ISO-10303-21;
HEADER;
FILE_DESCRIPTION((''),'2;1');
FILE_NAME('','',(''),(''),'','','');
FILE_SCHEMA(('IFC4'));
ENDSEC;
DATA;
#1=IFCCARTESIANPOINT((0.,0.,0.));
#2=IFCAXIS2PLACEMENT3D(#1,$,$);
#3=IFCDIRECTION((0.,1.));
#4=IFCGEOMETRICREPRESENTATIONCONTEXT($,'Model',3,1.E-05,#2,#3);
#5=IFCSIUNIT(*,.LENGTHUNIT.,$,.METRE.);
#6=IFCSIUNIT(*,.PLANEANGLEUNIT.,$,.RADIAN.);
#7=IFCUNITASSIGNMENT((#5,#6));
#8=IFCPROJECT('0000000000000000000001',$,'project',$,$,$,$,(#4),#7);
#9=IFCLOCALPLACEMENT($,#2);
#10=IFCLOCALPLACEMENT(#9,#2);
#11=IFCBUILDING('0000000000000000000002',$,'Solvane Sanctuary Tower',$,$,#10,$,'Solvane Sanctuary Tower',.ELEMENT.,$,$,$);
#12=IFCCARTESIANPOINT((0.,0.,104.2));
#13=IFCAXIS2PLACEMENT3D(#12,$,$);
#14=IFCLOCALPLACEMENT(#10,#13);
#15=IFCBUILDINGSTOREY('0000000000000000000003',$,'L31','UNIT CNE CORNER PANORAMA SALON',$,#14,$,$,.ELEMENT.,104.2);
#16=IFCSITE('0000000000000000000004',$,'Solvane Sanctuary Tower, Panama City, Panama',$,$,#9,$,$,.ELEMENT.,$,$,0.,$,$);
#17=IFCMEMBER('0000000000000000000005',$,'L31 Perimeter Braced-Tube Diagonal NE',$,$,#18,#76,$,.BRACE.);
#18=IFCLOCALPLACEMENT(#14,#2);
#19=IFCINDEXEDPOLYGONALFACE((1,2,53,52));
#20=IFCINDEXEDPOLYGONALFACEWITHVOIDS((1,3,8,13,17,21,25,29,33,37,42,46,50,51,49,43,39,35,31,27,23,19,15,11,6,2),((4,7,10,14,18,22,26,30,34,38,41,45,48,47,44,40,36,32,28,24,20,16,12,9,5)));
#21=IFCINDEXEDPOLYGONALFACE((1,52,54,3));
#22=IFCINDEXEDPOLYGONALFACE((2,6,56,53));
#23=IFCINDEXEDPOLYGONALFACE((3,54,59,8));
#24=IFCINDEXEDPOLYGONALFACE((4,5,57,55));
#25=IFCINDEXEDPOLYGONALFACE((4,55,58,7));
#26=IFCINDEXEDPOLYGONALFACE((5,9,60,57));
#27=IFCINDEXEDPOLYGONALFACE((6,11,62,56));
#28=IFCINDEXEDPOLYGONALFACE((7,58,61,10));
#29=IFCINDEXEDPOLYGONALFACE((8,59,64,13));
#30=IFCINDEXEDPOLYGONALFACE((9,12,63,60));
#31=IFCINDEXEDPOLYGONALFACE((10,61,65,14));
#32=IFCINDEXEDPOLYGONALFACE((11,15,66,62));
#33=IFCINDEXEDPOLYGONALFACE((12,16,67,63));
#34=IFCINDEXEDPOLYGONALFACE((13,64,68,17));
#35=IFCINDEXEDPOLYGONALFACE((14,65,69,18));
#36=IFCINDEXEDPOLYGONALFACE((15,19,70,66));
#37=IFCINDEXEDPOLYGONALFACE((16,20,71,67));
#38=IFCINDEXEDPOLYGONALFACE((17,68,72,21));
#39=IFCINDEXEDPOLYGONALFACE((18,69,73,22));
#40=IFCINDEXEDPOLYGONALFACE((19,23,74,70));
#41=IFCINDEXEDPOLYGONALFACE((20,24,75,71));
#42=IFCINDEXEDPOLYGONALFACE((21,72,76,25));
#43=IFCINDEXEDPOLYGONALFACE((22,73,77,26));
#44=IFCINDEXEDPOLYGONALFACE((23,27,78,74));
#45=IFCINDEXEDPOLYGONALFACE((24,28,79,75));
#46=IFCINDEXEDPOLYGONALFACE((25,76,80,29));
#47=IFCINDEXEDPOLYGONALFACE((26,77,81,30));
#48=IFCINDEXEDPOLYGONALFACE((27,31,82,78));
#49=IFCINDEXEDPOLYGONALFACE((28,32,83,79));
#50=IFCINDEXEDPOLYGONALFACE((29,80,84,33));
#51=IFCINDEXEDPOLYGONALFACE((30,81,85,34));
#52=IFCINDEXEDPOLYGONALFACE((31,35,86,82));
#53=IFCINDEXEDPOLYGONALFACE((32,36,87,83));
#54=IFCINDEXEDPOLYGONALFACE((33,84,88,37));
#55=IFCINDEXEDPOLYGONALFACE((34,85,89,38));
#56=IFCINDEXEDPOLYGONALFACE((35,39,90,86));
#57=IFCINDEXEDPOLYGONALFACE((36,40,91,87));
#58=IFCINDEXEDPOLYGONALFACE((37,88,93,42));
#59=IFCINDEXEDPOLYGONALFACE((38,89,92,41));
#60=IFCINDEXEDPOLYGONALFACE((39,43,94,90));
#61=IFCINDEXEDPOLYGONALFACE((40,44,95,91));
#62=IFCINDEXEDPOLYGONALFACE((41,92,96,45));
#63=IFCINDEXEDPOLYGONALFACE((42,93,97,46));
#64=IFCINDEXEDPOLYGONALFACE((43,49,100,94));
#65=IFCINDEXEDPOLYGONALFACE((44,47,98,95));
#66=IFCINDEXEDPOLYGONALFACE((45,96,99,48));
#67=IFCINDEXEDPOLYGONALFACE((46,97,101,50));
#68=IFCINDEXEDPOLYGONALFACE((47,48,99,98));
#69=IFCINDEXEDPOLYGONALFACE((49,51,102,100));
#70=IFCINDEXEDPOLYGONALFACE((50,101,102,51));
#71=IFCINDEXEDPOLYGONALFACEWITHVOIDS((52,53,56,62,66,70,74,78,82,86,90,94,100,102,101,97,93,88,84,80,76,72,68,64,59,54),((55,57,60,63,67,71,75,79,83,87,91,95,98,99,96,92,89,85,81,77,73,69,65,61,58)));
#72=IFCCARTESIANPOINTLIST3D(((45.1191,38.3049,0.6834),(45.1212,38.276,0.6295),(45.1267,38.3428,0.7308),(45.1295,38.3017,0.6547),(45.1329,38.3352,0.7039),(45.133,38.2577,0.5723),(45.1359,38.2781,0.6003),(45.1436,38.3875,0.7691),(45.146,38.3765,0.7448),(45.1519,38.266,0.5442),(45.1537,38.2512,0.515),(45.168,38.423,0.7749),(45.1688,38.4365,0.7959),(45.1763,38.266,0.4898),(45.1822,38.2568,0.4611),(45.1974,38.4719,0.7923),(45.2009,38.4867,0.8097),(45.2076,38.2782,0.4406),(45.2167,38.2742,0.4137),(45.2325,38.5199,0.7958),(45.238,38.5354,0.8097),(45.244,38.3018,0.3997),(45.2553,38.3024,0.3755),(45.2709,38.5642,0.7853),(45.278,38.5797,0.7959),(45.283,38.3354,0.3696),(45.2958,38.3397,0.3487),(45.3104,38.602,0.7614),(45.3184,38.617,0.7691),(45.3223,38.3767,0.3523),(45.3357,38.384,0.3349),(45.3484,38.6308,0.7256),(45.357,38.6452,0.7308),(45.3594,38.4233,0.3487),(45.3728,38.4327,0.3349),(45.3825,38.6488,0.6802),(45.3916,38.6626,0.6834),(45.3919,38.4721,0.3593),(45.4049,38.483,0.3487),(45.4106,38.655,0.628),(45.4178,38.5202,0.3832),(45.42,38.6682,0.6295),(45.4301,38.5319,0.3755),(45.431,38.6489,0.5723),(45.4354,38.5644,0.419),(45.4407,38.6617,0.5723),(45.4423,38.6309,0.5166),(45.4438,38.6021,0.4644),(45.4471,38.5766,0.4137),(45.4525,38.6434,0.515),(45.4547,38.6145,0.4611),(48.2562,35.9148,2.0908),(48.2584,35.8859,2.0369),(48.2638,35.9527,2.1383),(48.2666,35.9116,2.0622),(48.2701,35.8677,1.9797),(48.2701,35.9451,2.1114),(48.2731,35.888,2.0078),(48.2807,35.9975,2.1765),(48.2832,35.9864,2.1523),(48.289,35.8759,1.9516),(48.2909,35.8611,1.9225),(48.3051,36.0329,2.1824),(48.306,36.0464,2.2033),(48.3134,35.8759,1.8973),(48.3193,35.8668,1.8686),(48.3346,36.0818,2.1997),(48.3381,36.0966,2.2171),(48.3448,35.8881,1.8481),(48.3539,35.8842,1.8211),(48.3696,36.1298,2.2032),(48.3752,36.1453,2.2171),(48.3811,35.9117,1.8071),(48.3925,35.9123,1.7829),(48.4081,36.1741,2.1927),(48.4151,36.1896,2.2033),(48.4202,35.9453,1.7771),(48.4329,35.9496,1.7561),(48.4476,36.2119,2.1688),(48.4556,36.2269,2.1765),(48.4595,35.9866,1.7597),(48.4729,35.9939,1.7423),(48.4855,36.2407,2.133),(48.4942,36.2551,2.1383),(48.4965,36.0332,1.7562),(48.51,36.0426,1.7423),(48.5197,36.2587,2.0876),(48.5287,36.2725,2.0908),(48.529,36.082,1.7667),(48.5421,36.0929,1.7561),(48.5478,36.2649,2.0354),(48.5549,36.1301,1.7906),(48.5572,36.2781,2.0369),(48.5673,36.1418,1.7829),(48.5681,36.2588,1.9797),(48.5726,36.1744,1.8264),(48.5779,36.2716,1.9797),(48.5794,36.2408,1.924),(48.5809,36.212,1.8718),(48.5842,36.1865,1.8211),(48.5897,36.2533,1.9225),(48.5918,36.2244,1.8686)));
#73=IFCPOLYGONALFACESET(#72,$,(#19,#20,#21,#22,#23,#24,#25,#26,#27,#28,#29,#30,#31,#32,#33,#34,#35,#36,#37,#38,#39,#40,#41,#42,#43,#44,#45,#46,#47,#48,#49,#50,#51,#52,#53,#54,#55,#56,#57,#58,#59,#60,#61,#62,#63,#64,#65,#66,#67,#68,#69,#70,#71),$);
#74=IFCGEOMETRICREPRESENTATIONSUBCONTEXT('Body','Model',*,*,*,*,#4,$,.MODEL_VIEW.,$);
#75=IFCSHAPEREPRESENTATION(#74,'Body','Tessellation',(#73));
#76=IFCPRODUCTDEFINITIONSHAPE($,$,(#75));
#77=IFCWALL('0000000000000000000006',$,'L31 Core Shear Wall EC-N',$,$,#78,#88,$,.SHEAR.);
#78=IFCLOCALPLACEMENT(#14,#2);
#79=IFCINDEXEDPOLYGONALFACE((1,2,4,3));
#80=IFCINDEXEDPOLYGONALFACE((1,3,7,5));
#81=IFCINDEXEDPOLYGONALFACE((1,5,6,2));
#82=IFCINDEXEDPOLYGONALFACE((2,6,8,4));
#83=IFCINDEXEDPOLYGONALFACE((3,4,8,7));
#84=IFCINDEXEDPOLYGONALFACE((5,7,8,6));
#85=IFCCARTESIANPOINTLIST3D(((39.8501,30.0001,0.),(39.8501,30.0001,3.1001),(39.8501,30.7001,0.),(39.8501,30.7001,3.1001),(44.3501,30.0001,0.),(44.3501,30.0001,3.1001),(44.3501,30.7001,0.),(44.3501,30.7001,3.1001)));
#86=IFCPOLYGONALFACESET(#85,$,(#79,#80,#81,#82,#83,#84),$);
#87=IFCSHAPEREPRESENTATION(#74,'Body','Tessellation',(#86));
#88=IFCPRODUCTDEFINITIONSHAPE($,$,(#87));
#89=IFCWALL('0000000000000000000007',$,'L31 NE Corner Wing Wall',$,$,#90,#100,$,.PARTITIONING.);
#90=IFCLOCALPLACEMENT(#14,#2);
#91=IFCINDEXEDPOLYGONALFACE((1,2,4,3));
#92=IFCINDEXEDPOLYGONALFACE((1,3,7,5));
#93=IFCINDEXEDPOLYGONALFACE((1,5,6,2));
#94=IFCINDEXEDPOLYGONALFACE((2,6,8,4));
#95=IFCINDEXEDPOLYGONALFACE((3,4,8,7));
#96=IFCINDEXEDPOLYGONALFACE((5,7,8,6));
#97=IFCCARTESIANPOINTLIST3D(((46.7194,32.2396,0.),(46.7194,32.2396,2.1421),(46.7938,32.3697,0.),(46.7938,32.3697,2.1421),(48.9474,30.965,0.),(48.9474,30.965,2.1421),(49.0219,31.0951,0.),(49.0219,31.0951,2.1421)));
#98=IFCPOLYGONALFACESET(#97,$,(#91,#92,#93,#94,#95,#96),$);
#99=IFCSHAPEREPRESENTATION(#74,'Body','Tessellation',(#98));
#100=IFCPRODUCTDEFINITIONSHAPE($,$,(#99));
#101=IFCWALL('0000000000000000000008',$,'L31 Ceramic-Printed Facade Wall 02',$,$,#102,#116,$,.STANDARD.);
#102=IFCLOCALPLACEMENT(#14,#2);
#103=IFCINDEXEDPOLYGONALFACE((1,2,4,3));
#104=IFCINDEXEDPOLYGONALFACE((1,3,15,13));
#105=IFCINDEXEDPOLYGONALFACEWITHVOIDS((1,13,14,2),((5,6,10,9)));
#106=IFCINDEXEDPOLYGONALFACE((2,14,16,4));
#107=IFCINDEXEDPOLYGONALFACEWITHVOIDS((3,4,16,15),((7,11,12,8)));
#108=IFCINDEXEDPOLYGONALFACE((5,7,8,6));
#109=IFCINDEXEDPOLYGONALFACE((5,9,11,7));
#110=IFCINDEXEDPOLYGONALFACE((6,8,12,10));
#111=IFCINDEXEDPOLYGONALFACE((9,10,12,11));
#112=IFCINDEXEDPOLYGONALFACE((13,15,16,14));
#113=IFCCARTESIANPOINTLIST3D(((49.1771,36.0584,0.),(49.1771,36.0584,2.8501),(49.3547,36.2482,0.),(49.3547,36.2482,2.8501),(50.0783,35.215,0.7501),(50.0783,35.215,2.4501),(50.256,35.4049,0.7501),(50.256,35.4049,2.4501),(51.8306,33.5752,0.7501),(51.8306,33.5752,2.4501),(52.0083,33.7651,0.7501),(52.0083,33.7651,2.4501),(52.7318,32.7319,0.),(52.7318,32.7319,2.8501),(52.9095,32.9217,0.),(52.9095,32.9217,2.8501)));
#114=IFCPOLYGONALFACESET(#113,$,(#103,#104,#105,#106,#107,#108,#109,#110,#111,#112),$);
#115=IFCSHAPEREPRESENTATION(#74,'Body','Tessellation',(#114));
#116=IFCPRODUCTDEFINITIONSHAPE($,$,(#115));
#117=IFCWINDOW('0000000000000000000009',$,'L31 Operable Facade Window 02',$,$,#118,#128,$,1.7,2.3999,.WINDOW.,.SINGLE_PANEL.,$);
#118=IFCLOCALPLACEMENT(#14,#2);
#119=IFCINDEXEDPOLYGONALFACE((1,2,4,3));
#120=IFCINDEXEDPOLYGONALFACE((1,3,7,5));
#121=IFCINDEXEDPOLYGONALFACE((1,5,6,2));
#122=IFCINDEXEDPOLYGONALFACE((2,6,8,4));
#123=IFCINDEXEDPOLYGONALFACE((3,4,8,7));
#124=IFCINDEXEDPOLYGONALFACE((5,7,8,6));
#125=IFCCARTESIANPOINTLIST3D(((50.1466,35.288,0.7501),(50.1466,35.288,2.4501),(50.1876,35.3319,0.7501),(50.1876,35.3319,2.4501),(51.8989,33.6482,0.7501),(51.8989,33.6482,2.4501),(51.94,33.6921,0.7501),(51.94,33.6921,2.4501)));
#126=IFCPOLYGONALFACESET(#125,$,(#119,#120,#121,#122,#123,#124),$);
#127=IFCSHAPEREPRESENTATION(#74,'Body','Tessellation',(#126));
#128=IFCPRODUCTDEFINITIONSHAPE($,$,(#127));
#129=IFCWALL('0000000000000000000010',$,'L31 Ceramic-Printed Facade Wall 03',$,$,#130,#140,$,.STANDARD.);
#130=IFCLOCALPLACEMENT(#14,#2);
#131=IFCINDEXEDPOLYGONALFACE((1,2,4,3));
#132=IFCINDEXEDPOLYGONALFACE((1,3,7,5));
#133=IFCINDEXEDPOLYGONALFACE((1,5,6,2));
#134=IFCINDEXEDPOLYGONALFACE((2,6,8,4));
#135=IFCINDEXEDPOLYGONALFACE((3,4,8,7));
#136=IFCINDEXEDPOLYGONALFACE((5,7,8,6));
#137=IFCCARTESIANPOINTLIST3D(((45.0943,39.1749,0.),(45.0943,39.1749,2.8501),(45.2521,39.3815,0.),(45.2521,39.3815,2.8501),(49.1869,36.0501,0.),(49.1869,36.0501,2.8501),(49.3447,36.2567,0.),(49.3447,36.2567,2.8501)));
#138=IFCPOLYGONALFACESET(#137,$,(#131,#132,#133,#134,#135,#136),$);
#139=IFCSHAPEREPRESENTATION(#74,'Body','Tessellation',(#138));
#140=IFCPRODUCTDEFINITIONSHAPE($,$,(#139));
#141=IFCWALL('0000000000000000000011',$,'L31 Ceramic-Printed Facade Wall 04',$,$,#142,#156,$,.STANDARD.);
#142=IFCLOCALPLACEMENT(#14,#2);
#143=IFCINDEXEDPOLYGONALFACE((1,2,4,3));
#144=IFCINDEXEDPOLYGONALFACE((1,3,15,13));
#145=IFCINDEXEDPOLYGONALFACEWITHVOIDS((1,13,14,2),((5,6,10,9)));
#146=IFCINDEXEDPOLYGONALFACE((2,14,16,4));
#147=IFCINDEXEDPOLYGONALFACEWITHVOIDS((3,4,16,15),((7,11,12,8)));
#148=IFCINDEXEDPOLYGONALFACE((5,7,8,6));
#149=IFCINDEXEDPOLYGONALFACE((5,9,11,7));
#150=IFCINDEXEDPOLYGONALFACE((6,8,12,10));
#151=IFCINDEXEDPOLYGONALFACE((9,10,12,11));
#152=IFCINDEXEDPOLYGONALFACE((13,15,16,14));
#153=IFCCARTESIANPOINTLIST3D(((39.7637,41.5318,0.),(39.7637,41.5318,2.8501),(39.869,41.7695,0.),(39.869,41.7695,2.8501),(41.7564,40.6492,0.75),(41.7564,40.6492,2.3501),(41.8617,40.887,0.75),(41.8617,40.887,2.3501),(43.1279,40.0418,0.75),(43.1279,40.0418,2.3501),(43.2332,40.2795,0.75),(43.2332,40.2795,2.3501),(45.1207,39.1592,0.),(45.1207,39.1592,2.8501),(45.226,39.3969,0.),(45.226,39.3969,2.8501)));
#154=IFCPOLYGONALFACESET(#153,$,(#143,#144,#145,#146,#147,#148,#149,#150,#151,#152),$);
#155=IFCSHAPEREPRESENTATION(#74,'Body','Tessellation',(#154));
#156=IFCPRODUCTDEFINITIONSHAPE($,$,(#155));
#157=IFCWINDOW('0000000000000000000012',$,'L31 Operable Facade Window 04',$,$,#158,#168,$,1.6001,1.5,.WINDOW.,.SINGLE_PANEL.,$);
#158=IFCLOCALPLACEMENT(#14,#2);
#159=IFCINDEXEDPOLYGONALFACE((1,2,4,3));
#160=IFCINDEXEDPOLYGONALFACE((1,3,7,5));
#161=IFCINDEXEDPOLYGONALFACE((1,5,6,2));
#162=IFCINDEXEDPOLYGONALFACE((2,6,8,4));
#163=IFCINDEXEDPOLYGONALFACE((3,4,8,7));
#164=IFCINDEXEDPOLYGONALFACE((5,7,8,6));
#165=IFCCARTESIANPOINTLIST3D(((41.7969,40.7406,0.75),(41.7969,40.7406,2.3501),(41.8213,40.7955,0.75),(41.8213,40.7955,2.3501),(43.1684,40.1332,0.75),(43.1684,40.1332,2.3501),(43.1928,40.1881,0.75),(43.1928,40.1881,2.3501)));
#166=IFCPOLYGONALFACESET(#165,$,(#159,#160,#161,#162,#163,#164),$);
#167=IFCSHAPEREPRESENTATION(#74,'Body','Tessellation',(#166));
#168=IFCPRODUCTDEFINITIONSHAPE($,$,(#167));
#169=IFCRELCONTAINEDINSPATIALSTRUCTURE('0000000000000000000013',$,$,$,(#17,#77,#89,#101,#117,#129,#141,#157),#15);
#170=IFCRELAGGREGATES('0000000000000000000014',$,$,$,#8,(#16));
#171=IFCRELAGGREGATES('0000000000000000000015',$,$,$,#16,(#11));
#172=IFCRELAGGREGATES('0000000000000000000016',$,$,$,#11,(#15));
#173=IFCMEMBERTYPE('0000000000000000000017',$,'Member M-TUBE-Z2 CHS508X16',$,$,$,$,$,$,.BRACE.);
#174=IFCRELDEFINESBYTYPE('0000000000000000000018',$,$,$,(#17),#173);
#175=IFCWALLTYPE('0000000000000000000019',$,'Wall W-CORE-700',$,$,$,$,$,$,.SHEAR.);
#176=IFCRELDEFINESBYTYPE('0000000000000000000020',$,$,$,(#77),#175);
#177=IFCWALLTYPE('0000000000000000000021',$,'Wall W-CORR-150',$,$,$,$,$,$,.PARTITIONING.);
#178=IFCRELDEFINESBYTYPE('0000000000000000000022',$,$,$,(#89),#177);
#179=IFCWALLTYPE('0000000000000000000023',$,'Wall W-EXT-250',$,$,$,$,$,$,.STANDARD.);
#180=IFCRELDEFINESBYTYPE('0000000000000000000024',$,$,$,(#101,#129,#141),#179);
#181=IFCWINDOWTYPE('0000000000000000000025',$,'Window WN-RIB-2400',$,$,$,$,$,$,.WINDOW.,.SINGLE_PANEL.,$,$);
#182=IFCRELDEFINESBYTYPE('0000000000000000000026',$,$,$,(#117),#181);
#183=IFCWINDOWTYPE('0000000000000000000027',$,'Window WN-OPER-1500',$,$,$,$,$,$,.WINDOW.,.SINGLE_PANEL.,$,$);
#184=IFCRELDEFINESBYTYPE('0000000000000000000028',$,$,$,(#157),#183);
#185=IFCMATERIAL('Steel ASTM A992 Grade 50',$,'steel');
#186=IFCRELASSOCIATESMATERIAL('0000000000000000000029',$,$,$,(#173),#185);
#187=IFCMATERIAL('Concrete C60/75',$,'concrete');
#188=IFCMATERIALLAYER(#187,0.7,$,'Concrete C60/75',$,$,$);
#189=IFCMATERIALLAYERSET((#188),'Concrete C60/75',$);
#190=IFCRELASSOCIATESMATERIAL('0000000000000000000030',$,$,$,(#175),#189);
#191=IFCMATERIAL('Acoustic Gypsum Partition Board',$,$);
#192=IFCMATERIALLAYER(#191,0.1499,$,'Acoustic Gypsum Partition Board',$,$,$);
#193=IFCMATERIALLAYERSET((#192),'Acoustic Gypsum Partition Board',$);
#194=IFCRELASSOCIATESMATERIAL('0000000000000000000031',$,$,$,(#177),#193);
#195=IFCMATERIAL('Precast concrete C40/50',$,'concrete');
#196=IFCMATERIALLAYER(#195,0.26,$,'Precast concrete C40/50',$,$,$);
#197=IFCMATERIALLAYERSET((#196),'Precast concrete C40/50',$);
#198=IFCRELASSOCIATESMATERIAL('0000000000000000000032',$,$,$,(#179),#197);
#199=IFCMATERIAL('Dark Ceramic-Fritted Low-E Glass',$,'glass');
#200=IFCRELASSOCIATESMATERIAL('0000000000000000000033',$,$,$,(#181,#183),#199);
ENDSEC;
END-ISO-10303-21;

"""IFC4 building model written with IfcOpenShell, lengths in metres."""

from ifc_helpers import new_model, si_unit, direction, frame, frame_2d, origin, origin_2d, place, context, subcontext, project, spatial, rectangle, hollow_circle, extrude, material, layer, layer_set, material_profile, profile_set, type_object, element, fill, save


model = new_model("IFC4")

# Units and contexts
model_context = context("Model", 3, precision=1e-05, world=origin(), true_north=direction((0.0, 1.0)))
body_context = subcontext(model_context, "Body", "Model", "MODEL_VIEW")
ifc_project = project(units=[si_unit("LENGTHUNIT", "METRE"), si_unit("PLANEANGLEUNIT", "RADIAN")], contexts=[model_context])

# Site, building, storey
site_placement = place(None, origin())
site = spatial("IfcSite", under=ifc_project, at=site_placement, Name="Solvane Sanctuary Tower, Panama City, Panama", CompositionType="ELEMENT", RefElevation=0.0)
building_placement = place(site_placement, origin())
building = spatial("IfcBuilding", under=site, at=building_placement, Name="Solvane Sanctuary Tower", LongName="Solvane Sanctuary Tower", CompositionType="ELEMENT")
storey_placement = place(building_placement, frame((0.0, 0.0, 104.2)))
storey = spatial("IfcBuildingStorey", under=building, at=storey_placement, Name="L31", Description="UNIT CNE CORNER PANORAMA SALON", CompositionType="ELEMENT", Elevation=104.2)

# Shared definitions
ifc_material_1 = material(Name="Concrete C60/75", Category="concrete")

# Shared definitions
ifc_material_2 = material(Name="Steel ASTM A992 Grade 50", Category="steel")

# Member
ifc_material_profile_1 = material_profile(ifc_material_2, hollow_circle(Radius=0.2539, WallThickness=0.0161, at=origin_2d()), Name="CHS508X16")
ifc_profile_set_1 = profile_set([ifc_material_profile_1], Name="Steel ASTM A992 Grade 50")
member_type = type_object("IfcMemberType", Name="Member M-TUBE-Z2 CHS508X16", PredefinedType="BRACE", material=ifc_profile_set_1)
member_placement = place(storey_placement, frame((45.2869, 38.4597, 0.5723), z_axis=(0.74917, -0.570769, 0.336106), x_axis=(0.606025, 0.795446, 0.0)))
element("IfcMember", 1, at=member_placement, inside=storey, type_object=member_type, Name="L31 Perimeter Braced-Tube Diagonal NE", PredefinedType="BRACE", context=body_context, shape_type="SweptSolid", body=[
    extrude(hollow_circle(Radius=0.2539, WallThickness=0.0161, at=origin_2d()), origin(), (0.0, 0.0, 1.0), 4.1875),
])

# Walls
ifc_layer_1 = layer(ifc_material_1, 0.7, Name="Concrete C60/75")
ifc_layer_set_1 = layer_set([ifc_layer_1], Name="Concrete C60/75")
wall_type_1 = type_object("IfcWallType", Name="Wall W-CORE-700", PredefinedType="SHEAR", material=ifc_layer_set_1)
wall_1_placement = place(storey_placement, frame((39.8501, 30.3501, 0.0), z_axis=(0.0, 0.0, 1.0), x_axis=(1.0, 0.0, 0.0)))
element("IfcWall", 2, at=wall_1_placement, inside=storey, type_object=wall_type_1, Name="L31 Core Shear Wall EC-N", PredefinedType="SHEAR", context=body_context, shape_type="SweptSolid", body=[
    extrude(rectangle(XDim=4.5, YDim=0.7, at=frame_2d((2.25, 0.0))), origin(), (0.0, 0.0, 1.0), 3.1001),
])
ifc_material_3 = material(Name="Acoustic Gypsum Partition Board")
ifc_layer_2 = layer(ifc_material_3, 0.1499, Name="Acoustic Gypsum Partition Board")
ifc_layer_set_2 = layer_set([ifc_layer_2], Name="Acoustic Gypsum Partition Board")
wall_type_2 = type_object("IfcWallType", Name="Wall W-CORR-150", PredefinedType="PARTITIONING", material=ifc_layer_set_2)
wall_2_placement = place(storey_placement, frame((46.7566, 32.3047, 0.0), z_axis=(0.0, 0.0, 1.0), x_axis=(0.867991, -0.496579, 0.0)))
element("IfcWall", 3, at=wall_2_placement, inside=storey, type_object=wall_type_2, Name="L31 NE Corner Wing Wall", PredefinedType="PARTITIONING", context=body_context, shape_type="SweptSolid", body=[
    extrude(rectangle(XDim=2.5669, YDim=0.1499, at=frame_2d((1.2834, 0.0))), origin(), (0.0, 0.0, 1.0), 2.1421),
])

# Wall, opening, window
ifc_material_4 = material(Name="Precast concrete C40/50", Category="concrete")
ifc_layer_3 = layer(ifc_material_4, 0.26, Name="Precast concrete C40/50")
ifc_layer_set_3 = layer_set([ifc_layer_3], Name="Precast concrete C40/50")
wall_type_3 = type_object("IfcWallType", Name="Wall W-EXT-250", PredefinedType="STANDARD", material=ifc_layer_set_3)
wall_3_placement = place(storey_placement, frame((52.8206, 32.8269, 0.0), z_axis=(0.0, 0.0, 1.0), x_axis=(-0.730162, 0.683274, 0.0)))
wall_3 = element("IfcWall", 4, at=wall_3_placement, inside=storey, type_object=wall_type_3, Name="L31 Ceramic-Printed Facade Wall 02", PredefinedType="STANDARD", context=body_context, shape_type="SweptSolid", body=[
    extrude(rectangle(XDim=4.8684, YDim=0.26, at=frame_2d((2.4341, 0.0))), origin(), (0.0, 0.0, 1.0), 2.8501),
])
opening_1_placement = place(wall_3_placement, frame((1.2341, 0.0, 0.75)))
opening_1 = element("IfcOpeningElement", 5, at=opening_1_placement, cuts=wall_3, PredefinedType="OPENING", context=body_context, shape_type="SweptSolid", body=[
    extrude(rectangle(XDim=2.3999, YDim=1.7, at=frame_2d((1.2, 0.8501))), frame((0.0, 0.1399, 0.0), z_axis=(0.0, -1.0, 0.0), x_axis=(1.0, 0.0, 0.0)), (0.0, 0.0, 1.0), 0.28),
])
ifc_material_5 = material(Name="Dark Ceramic-Fritted Low-E Glass", Category="glass")
window_type_1 = type_object("IfcWindowType", Name="Window WN-RIB-2400", PartitioningType="SINGLE_PANEL", PredefinedType="WINDOW", material=ifc_material_5)
window_1_placement = place(opening_1_placement, origin())
window_1 = element("IfcWindow", 6, at=window_1_placement, inside=storey, type_object=window_type_1, Name="L31 Operable Facade Window 02", OverallHeight=1.7, OverallWidth=2.3999, PartitioningType="SINGLE_PANEL", PredefinedType="WINDOW", context=body_context, shape_type="SweptSolid", body=[
    extrude(rectangle(XDim=2.3999, YDim=1.7, at=frame_2d((1.2, 0.8501))), frame((0.0, 0.03, 0.0), z_axis=(0.0, -1.0, 0.0), x_axis=(1.0, 0.0, 0.0)), (0.0, 0.0, 1.0), 0.0601),
])
fill(opening_1, window_1)

# Wall
wall_4_placement = place(storey_placement, frame((49.2659, 36.1533, 0.0), z_axis=(0.0, 0.0, 1.0), x_axis=(-0.79481, 0.606859, 0.0)))
element("IfcWall", 7, at=wall_4_placement, inside=storey, type_object=wall_type_3, Name="L31 Ceramic-Printed Facade Wall 03", PredefinedType="STANDARD", context=body_context, shape_type="SweptSolid", body=[
    extrude(rectangle(XDim=5.1492, YDim=0.26, at=frame_2d((2.5747, 0.0))), origin(), (0.0, 0.0, 1.0), 2.8501),
])

# Wall, opening, window
wall_5_placement = place(storey_placement, frame((45.1733, 39.2781, 0.0), z_axis=(0.0, 0.0, 1.0), x_axis=(-0.914337, 0.404955, 0.0)))
wall_5 = element("IfcWall", 8, at=wall_5_placement, inside=storey, type_object=wall_type_3, Name="L31 Ceramic-Printed Facade Wall 04", PredefinedType="STANDARD", context=body_context, shape_type="SweptSolid", body=[
    extrude(rectangle(XDim=5.8589, YDim=0.26, at=frame_2d((2.9294, 0.0))), origin(), (0.0, 0.0, 1.0), 2.8501),
])
opening_2_placement = place(wall_5_placement, frame((2.1794, 0.0, 0.75)))
opening_2 = element("IfcOpeningElement", 9, at=opening_2_placement, cuts=wall_5, PredefinedType="OPENING", context=body_context, shape_type="SweptSolid", body=[
    extrude(rectangle(XDim=1.5, YDim=1.6001, at=frame_2d((0.75, 0.8))), frame((0.0, 0.1399, 0.0), z_axis=(0.0, -1.0, 0.0), x_axis=(1.0, 0.0, 0.0)), (0.0, 0.0, 1.0), 0.28),
])
window_type_2 = type_object("IfcWindowType", Name="Window WN-OPER-1500", PartitioningType="SINGLE_PANEL", PredefinedType="WINDOW", material=ifc_material_5)
window_2_placement = place(opening_2_placement, origin())
window_2 = element("IfcWindow", 10, at=window_2_placement, inside=storey, type_object=window_type_2, Name="L31 Operable Facade Window 04", OverallHeight=1.6001, OverallWidth=1.5, PartitioningType="SINGLE_PANEL", PredefinedType="WINDOW", context=body_context, shape_type="SweptSolid", body=[
    extrude(rectangle(XDim=1.5, YDim=1.6001, at=frame_2d((0.75, 0.8))), frame((0.0, 0.03, 0.0), z_axis=(0.0, -1.0, 0.0), x_axis=(1.0, 0.0, 0.0)), (0.0, 0.0, 1.0), 0.0601),
])
fill(opening_2, window_2)

save(model, "model.ifc")
